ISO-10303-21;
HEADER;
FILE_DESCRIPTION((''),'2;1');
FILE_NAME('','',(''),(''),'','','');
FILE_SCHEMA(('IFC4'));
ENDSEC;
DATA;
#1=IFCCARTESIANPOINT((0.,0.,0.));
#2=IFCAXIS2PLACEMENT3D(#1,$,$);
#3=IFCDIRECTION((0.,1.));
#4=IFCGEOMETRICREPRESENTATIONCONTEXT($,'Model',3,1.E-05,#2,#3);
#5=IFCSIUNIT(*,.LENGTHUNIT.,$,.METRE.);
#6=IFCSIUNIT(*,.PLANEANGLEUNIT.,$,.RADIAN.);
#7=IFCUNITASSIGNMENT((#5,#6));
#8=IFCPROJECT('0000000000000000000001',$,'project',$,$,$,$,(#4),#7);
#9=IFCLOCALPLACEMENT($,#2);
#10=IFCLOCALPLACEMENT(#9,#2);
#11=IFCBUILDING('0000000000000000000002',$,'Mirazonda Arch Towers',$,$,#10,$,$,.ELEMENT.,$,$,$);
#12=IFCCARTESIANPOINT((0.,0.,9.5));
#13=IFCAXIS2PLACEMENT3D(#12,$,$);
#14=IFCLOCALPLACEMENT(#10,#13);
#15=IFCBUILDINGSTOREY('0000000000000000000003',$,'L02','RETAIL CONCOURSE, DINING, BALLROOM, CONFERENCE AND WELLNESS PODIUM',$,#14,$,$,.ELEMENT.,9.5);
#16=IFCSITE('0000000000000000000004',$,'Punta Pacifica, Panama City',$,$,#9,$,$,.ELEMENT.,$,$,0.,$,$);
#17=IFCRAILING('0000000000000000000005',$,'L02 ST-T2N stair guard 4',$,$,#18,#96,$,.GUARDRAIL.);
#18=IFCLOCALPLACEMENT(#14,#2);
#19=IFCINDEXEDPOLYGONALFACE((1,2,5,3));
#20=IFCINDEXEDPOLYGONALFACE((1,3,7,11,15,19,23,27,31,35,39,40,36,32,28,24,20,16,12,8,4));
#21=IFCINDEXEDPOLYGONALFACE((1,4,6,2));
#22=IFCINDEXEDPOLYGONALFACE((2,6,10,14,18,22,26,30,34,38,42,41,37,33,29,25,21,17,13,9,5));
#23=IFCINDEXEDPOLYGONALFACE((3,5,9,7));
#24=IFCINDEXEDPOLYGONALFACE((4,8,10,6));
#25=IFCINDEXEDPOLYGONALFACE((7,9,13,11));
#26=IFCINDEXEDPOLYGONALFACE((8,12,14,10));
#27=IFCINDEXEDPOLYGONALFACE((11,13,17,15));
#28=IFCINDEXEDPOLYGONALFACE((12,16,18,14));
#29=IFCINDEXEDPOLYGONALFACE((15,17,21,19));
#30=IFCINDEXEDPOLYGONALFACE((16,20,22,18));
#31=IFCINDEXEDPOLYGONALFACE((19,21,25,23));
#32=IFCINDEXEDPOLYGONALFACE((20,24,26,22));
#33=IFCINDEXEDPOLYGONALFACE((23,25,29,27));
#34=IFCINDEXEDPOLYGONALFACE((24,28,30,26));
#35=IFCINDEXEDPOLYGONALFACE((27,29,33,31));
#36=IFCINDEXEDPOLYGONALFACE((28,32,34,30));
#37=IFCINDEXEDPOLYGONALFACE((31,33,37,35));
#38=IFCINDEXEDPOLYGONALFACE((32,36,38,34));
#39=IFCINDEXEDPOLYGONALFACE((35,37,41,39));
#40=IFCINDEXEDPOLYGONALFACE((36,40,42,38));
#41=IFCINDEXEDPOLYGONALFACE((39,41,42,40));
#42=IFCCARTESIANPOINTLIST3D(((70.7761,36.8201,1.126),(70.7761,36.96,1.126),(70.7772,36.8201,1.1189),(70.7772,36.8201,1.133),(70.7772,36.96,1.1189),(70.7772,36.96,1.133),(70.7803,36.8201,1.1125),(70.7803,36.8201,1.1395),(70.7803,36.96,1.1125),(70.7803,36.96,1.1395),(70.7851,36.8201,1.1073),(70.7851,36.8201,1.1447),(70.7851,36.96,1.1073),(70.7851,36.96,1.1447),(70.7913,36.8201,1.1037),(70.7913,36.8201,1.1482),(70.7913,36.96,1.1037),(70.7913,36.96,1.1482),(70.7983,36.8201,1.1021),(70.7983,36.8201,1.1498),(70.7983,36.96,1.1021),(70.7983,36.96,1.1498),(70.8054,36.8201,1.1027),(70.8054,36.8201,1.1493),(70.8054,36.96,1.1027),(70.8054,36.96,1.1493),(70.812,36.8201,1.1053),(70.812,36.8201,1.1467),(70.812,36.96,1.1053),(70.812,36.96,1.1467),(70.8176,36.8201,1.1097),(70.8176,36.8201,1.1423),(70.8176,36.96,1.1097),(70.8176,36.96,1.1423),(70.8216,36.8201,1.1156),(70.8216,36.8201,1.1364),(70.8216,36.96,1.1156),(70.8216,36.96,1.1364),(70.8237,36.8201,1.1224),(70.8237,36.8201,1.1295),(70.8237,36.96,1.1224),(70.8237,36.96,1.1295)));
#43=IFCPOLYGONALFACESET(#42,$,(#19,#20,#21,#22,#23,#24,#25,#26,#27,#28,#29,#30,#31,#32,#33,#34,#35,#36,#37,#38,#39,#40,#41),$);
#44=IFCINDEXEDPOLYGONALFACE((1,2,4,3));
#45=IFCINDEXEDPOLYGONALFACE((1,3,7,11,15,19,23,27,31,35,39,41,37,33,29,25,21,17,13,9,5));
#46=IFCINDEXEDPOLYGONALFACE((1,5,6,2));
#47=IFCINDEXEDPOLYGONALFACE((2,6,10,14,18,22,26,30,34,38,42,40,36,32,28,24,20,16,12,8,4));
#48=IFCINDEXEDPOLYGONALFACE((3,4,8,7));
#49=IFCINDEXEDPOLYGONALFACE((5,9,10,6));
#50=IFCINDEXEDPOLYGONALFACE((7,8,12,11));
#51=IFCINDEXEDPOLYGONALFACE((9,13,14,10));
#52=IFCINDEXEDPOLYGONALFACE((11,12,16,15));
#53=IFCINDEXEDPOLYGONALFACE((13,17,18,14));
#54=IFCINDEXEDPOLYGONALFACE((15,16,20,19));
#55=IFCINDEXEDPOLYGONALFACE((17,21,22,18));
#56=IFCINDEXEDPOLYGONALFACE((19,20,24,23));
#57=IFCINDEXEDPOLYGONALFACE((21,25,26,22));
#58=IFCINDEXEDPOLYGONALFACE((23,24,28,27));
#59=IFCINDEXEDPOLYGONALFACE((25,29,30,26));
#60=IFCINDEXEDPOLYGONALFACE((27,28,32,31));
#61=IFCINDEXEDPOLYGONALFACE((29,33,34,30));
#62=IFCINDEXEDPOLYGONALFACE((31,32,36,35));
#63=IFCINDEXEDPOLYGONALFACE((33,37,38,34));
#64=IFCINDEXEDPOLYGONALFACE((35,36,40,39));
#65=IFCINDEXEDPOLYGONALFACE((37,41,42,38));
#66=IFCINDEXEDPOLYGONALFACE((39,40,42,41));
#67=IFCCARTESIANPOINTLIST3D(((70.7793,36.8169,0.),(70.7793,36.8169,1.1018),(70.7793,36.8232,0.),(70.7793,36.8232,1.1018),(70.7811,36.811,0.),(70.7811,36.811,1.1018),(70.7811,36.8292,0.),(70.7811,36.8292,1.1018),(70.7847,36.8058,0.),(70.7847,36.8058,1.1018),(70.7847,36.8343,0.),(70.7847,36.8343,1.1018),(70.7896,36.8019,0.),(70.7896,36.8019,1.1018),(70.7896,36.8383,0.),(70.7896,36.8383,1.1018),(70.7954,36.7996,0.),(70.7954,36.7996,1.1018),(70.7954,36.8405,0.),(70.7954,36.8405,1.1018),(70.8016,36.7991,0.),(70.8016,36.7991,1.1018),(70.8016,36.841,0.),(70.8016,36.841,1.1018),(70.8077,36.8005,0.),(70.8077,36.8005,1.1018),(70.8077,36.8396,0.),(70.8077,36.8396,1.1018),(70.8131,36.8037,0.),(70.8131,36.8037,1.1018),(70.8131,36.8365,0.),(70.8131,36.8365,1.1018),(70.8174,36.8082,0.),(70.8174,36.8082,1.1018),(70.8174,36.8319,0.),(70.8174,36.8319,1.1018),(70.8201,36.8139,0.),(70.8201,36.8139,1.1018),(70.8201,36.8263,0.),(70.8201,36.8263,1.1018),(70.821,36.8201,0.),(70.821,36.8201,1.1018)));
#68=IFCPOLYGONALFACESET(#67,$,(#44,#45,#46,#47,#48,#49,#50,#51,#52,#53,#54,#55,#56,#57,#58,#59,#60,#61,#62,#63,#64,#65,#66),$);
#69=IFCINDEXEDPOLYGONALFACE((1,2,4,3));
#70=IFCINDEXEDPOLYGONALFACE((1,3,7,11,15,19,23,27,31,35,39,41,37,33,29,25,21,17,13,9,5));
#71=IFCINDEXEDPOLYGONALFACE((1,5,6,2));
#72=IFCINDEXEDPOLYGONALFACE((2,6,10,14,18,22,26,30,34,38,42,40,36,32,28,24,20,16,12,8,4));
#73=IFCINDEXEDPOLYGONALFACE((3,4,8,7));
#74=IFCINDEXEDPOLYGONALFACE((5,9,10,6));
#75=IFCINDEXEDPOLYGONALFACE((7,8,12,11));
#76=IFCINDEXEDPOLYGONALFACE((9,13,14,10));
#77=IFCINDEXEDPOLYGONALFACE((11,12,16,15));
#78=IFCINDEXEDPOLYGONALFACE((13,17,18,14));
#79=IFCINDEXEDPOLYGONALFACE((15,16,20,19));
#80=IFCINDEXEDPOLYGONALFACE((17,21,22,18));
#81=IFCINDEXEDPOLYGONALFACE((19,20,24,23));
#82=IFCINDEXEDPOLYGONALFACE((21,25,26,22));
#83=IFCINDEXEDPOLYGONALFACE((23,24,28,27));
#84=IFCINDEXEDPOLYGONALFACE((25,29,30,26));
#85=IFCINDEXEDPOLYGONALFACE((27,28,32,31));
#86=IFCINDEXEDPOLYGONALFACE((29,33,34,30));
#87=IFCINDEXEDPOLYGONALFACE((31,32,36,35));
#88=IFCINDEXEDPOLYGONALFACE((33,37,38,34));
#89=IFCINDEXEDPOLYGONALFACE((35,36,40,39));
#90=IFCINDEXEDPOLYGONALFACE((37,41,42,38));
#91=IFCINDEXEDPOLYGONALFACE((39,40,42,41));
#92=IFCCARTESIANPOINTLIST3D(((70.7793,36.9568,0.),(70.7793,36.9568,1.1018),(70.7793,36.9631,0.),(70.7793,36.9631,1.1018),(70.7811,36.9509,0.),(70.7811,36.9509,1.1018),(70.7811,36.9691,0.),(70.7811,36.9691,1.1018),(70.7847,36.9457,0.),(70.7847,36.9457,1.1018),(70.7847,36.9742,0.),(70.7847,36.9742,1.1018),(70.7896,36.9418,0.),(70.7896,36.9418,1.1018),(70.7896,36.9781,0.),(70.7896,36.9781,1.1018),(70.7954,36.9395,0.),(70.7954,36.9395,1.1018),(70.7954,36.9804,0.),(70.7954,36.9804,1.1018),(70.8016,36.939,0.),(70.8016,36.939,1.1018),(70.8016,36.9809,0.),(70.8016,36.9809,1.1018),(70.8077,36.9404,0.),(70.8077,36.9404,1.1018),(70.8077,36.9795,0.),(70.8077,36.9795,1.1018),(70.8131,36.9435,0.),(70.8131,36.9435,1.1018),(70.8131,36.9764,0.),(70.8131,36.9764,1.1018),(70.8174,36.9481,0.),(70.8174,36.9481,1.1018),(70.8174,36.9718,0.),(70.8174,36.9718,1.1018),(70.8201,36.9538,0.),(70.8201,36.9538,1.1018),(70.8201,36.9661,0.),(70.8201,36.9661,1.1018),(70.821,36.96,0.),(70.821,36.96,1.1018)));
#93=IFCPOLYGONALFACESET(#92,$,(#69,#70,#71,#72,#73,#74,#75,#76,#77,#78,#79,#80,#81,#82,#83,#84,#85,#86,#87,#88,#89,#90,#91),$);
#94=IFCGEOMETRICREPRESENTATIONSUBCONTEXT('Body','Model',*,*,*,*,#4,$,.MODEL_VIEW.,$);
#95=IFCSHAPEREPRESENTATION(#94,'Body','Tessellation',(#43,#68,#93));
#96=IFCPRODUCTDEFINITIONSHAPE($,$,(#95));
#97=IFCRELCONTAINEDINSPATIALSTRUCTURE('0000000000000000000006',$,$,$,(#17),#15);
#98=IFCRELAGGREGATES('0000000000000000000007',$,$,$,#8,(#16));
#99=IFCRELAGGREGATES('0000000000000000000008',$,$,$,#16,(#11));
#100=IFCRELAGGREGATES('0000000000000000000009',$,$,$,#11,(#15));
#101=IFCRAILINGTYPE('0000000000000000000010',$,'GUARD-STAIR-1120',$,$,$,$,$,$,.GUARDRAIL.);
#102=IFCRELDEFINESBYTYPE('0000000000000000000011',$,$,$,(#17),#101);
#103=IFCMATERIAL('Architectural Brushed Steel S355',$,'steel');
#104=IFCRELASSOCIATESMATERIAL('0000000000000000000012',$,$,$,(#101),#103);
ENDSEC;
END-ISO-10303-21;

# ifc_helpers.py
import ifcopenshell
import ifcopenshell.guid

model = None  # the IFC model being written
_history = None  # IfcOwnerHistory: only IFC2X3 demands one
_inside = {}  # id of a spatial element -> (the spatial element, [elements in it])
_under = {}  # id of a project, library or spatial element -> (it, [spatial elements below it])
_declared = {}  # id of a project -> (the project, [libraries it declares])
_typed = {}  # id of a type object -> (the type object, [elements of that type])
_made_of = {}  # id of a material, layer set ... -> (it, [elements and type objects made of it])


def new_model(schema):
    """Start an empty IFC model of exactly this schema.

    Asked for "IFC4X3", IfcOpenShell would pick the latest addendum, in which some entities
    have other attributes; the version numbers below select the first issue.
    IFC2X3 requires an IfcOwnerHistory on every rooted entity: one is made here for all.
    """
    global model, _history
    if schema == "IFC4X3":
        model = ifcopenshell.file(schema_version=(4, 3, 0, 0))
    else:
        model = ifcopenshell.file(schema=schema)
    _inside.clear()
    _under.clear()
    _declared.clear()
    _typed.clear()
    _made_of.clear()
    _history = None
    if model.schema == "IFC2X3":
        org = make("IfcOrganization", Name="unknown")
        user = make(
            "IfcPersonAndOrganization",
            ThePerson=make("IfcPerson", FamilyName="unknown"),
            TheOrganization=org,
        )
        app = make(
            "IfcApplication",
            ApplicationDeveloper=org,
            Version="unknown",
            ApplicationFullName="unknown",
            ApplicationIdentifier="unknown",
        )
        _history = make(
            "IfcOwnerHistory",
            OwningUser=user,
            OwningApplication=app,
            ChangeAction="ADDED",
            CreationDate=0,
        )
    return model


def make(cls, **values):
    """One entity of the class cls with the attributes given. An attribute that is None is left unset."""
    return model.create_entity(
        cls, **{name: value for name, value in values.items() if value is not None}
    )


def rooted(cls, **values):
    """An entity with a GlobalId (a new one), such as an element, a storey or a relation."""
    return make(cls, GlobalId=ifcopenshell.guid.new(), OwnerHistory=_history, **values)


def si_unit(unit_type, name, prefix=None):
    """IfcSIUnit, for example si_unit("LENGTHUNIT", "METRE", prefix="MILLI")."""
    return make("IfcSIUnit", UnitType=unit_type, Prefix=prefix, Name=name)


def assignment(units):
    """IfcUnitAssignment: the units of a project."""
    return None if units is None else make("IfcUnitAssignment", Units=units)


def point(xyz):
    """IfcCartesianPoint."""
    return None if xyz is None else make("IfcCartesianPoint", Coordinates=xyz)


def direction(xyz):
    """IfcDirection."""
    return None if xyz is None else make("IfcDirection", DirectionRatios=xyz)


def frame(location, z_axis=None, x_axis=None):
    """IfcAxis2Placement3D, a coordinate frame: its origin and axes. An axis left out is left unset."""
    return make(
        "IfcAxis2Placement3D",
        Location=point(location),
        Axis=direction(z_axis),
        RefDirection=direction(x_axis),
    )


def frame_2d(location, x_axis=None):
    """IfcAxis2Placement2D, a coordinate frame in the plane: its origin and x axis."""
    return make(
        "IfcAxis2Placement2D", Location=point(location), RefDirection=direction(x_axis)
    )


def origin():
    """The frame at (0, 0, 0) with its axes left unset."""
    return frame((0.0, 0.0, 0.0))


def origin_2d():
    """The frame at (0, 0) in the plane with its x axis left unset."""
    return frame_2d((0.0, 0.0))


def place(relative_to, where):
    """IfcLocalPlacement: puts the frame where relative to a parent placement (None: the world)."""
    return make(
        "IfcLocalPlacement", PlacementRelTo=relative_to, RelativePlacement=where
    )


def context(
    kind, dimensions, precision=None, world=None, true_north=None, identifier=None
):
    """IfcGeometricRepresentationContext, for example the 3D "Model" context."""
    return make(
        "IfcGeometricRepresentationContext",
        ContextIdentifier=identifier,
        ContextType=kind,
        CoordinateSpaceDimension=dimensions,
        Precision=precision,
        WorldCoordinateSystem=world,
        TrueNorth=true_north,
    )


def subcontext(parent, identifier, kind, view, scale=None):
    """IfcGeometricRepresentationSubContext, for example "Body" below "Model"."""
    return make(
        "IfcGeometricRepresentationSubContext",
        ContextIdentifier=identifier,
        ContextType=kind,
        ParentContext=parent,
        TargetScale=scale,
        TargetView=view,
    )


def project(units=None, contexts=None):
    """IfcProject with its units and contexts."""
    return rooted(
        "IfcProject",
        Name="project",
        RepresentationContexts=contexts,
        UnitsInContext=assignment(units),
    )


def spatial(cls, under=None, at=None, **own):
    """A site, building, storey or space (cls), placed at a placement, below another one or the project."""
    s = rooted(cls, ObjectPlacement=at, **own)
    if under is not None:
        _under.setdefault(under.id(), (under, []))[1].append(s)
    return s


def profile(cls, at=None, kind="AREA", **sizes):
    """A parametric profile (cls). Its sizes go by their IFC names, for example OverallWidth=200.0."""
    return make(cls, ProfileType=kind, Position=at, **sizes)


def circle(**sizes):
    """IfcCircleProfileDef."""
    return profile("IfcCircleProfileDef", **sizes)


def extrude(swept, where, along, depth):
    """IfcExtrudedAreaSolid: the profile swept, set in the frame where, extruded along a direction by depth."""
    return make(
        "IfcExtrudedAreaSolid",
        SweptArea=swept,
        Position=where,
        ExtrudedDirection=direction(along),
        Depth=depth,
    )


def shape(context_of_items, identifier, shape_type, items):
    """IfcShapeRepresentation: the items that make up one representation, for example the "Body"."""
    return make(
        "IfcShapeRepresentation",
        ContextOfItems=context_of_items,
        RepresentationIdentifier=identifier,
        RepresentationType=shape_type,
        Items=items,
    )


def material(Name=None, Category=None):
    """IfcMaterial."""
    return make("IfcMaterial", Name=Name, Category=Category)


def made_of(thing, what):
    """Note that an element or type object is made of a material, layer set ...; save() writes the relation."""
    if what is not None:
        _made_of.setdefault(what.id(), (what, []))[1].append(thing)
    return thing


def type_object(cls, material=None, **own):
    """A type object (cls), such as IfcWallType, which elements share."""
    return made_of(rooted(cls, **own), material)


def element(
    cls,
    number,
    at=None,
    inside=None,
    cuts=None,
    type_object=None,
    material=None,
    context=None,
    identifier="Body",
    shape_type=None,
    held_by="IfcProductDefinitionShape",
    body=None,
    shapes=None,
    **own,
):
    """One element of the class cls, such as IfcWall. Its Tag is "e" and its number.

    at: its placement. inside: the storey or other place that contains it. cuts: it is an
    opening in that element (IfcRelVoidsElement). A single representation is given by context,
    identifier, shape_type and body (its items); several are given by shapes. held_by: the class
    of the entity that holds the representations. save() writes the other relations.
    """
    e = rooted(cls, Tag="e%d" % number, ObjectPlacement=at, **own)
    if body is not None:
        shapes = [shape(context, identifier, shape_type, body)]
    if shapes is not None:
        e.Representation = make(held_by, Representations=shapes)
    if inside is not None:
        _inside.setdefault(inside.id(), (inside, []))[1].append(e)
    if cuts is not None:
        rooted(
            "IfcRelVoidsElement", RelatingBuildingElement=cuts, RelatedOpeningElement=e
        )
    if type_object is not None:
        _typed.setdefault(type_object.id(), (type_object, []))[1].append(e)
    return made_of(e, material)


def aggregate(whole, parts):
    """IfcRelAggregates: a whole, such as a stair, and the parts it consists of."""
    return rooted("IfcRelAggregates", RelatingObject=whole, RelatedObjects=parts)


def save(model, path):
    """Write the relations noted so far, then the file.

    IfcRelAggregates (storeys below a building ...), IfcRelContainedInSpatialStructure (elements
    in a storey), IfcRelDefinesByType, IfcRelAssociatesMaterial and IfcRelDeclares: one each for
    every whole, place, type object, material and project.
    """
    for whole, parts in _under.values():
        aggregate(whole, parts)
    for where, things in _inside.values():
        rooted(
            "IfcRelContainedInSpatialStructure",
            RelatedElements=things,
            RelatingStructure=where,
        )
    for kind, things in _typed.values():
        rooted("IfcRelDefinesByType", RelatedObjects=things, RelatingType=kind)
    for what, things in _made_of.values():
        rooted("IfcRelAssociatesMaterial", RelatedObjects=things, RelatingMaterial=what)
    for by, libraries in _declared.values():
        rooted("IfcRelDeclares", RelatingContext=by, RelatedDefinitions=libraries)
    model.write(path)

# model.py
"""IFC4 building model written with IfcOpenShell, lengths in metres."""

from ifc_helpers import new_model, si_unit, direction, frame, origin, origin_2d, place, context, subcontext, project, spatial, circle, extrude, material, type_object, element, save


model = new_model("IFC4")

# Units and contexts
model_context = context("Model", 3, precision=1e-05, world=origin(), true_north=direction((0.0, 1.0)))
body_context = subcontext(model_context, "Body", "Model", "MODEL_VIEW")
ifc_project = project(units=[si_unit("LENGTHUNIT", "METRE"), si_unit("PLANEANGLEUNIT", "RADIAN")], contexts=[model_context])

# Site, building, storey
site_placement = place(None, origin())
site = spatial("IfcSite", under=ifc_project, at=site_placement, Name="Punta Pacifica, Panama City", CompositionType="ELEMENT", RefElevation=0.0)
building_placement = place(site_placement, origin())
building = spatial("IfcBuilding", under=site, at=building_placement, Name="Mirazonda Arch Towers", CompositionType="ELEMENT")
storey_placement = place(building_placement, frame((0.0, 0.0, 9.5)))
storey = spatial("IfcBuildingStorey", under=building, at=storey_placement, Name="L02", Description="RETAIL CONCOURSE, DINING, BALLROOM, CONFERENCE AND WELLNESS PODIUM", CompositionType="ELEMENT", Elevation=9.5)

# Shared definitions
ifc_material_1 = material(Name="Architectural Brushed Steel S355", Category="steel")

# Railing
railing_type_1 = type_object("IfcRailingType", Name="GUARD-STAIR-1120", PredefinedType="GUARDRAIL", material=ifc_material_1)
railing_1_placement = place(storey_placement, frame((70.8, 36.8201, 0.0)))
element("IfcRailing", 1, at=railing_1_placement, inside=storey, type_object=railing_type_1, Name="L02 ST-T2N stair guard 4", PredefinedType="GUARDRAIL", context=body_context, shape_type="SweptSolid", body=[
    extrude(circle(Radius=0.0239, at=origin_2d()), frame((0.0, 0.0, 1.126), z_axis=(0.0, 1.0, 0.0), x_axis=(-1.0, 0.0, 0.0)), (0.0, 0.0, 1.0), 0.1399),
    extrude(circle(Radius=0.021, at=origin_2d()), origin(), (0.0, 0.0, 1.0), 1.1018),
    extrude(circle(Radius=0.021, at=origin_2d()), frame((0.0, 0.1399, 0.0)), (0.0, 0.0, 1.0), 1.1018),
])

save(model, "model.ifc")
